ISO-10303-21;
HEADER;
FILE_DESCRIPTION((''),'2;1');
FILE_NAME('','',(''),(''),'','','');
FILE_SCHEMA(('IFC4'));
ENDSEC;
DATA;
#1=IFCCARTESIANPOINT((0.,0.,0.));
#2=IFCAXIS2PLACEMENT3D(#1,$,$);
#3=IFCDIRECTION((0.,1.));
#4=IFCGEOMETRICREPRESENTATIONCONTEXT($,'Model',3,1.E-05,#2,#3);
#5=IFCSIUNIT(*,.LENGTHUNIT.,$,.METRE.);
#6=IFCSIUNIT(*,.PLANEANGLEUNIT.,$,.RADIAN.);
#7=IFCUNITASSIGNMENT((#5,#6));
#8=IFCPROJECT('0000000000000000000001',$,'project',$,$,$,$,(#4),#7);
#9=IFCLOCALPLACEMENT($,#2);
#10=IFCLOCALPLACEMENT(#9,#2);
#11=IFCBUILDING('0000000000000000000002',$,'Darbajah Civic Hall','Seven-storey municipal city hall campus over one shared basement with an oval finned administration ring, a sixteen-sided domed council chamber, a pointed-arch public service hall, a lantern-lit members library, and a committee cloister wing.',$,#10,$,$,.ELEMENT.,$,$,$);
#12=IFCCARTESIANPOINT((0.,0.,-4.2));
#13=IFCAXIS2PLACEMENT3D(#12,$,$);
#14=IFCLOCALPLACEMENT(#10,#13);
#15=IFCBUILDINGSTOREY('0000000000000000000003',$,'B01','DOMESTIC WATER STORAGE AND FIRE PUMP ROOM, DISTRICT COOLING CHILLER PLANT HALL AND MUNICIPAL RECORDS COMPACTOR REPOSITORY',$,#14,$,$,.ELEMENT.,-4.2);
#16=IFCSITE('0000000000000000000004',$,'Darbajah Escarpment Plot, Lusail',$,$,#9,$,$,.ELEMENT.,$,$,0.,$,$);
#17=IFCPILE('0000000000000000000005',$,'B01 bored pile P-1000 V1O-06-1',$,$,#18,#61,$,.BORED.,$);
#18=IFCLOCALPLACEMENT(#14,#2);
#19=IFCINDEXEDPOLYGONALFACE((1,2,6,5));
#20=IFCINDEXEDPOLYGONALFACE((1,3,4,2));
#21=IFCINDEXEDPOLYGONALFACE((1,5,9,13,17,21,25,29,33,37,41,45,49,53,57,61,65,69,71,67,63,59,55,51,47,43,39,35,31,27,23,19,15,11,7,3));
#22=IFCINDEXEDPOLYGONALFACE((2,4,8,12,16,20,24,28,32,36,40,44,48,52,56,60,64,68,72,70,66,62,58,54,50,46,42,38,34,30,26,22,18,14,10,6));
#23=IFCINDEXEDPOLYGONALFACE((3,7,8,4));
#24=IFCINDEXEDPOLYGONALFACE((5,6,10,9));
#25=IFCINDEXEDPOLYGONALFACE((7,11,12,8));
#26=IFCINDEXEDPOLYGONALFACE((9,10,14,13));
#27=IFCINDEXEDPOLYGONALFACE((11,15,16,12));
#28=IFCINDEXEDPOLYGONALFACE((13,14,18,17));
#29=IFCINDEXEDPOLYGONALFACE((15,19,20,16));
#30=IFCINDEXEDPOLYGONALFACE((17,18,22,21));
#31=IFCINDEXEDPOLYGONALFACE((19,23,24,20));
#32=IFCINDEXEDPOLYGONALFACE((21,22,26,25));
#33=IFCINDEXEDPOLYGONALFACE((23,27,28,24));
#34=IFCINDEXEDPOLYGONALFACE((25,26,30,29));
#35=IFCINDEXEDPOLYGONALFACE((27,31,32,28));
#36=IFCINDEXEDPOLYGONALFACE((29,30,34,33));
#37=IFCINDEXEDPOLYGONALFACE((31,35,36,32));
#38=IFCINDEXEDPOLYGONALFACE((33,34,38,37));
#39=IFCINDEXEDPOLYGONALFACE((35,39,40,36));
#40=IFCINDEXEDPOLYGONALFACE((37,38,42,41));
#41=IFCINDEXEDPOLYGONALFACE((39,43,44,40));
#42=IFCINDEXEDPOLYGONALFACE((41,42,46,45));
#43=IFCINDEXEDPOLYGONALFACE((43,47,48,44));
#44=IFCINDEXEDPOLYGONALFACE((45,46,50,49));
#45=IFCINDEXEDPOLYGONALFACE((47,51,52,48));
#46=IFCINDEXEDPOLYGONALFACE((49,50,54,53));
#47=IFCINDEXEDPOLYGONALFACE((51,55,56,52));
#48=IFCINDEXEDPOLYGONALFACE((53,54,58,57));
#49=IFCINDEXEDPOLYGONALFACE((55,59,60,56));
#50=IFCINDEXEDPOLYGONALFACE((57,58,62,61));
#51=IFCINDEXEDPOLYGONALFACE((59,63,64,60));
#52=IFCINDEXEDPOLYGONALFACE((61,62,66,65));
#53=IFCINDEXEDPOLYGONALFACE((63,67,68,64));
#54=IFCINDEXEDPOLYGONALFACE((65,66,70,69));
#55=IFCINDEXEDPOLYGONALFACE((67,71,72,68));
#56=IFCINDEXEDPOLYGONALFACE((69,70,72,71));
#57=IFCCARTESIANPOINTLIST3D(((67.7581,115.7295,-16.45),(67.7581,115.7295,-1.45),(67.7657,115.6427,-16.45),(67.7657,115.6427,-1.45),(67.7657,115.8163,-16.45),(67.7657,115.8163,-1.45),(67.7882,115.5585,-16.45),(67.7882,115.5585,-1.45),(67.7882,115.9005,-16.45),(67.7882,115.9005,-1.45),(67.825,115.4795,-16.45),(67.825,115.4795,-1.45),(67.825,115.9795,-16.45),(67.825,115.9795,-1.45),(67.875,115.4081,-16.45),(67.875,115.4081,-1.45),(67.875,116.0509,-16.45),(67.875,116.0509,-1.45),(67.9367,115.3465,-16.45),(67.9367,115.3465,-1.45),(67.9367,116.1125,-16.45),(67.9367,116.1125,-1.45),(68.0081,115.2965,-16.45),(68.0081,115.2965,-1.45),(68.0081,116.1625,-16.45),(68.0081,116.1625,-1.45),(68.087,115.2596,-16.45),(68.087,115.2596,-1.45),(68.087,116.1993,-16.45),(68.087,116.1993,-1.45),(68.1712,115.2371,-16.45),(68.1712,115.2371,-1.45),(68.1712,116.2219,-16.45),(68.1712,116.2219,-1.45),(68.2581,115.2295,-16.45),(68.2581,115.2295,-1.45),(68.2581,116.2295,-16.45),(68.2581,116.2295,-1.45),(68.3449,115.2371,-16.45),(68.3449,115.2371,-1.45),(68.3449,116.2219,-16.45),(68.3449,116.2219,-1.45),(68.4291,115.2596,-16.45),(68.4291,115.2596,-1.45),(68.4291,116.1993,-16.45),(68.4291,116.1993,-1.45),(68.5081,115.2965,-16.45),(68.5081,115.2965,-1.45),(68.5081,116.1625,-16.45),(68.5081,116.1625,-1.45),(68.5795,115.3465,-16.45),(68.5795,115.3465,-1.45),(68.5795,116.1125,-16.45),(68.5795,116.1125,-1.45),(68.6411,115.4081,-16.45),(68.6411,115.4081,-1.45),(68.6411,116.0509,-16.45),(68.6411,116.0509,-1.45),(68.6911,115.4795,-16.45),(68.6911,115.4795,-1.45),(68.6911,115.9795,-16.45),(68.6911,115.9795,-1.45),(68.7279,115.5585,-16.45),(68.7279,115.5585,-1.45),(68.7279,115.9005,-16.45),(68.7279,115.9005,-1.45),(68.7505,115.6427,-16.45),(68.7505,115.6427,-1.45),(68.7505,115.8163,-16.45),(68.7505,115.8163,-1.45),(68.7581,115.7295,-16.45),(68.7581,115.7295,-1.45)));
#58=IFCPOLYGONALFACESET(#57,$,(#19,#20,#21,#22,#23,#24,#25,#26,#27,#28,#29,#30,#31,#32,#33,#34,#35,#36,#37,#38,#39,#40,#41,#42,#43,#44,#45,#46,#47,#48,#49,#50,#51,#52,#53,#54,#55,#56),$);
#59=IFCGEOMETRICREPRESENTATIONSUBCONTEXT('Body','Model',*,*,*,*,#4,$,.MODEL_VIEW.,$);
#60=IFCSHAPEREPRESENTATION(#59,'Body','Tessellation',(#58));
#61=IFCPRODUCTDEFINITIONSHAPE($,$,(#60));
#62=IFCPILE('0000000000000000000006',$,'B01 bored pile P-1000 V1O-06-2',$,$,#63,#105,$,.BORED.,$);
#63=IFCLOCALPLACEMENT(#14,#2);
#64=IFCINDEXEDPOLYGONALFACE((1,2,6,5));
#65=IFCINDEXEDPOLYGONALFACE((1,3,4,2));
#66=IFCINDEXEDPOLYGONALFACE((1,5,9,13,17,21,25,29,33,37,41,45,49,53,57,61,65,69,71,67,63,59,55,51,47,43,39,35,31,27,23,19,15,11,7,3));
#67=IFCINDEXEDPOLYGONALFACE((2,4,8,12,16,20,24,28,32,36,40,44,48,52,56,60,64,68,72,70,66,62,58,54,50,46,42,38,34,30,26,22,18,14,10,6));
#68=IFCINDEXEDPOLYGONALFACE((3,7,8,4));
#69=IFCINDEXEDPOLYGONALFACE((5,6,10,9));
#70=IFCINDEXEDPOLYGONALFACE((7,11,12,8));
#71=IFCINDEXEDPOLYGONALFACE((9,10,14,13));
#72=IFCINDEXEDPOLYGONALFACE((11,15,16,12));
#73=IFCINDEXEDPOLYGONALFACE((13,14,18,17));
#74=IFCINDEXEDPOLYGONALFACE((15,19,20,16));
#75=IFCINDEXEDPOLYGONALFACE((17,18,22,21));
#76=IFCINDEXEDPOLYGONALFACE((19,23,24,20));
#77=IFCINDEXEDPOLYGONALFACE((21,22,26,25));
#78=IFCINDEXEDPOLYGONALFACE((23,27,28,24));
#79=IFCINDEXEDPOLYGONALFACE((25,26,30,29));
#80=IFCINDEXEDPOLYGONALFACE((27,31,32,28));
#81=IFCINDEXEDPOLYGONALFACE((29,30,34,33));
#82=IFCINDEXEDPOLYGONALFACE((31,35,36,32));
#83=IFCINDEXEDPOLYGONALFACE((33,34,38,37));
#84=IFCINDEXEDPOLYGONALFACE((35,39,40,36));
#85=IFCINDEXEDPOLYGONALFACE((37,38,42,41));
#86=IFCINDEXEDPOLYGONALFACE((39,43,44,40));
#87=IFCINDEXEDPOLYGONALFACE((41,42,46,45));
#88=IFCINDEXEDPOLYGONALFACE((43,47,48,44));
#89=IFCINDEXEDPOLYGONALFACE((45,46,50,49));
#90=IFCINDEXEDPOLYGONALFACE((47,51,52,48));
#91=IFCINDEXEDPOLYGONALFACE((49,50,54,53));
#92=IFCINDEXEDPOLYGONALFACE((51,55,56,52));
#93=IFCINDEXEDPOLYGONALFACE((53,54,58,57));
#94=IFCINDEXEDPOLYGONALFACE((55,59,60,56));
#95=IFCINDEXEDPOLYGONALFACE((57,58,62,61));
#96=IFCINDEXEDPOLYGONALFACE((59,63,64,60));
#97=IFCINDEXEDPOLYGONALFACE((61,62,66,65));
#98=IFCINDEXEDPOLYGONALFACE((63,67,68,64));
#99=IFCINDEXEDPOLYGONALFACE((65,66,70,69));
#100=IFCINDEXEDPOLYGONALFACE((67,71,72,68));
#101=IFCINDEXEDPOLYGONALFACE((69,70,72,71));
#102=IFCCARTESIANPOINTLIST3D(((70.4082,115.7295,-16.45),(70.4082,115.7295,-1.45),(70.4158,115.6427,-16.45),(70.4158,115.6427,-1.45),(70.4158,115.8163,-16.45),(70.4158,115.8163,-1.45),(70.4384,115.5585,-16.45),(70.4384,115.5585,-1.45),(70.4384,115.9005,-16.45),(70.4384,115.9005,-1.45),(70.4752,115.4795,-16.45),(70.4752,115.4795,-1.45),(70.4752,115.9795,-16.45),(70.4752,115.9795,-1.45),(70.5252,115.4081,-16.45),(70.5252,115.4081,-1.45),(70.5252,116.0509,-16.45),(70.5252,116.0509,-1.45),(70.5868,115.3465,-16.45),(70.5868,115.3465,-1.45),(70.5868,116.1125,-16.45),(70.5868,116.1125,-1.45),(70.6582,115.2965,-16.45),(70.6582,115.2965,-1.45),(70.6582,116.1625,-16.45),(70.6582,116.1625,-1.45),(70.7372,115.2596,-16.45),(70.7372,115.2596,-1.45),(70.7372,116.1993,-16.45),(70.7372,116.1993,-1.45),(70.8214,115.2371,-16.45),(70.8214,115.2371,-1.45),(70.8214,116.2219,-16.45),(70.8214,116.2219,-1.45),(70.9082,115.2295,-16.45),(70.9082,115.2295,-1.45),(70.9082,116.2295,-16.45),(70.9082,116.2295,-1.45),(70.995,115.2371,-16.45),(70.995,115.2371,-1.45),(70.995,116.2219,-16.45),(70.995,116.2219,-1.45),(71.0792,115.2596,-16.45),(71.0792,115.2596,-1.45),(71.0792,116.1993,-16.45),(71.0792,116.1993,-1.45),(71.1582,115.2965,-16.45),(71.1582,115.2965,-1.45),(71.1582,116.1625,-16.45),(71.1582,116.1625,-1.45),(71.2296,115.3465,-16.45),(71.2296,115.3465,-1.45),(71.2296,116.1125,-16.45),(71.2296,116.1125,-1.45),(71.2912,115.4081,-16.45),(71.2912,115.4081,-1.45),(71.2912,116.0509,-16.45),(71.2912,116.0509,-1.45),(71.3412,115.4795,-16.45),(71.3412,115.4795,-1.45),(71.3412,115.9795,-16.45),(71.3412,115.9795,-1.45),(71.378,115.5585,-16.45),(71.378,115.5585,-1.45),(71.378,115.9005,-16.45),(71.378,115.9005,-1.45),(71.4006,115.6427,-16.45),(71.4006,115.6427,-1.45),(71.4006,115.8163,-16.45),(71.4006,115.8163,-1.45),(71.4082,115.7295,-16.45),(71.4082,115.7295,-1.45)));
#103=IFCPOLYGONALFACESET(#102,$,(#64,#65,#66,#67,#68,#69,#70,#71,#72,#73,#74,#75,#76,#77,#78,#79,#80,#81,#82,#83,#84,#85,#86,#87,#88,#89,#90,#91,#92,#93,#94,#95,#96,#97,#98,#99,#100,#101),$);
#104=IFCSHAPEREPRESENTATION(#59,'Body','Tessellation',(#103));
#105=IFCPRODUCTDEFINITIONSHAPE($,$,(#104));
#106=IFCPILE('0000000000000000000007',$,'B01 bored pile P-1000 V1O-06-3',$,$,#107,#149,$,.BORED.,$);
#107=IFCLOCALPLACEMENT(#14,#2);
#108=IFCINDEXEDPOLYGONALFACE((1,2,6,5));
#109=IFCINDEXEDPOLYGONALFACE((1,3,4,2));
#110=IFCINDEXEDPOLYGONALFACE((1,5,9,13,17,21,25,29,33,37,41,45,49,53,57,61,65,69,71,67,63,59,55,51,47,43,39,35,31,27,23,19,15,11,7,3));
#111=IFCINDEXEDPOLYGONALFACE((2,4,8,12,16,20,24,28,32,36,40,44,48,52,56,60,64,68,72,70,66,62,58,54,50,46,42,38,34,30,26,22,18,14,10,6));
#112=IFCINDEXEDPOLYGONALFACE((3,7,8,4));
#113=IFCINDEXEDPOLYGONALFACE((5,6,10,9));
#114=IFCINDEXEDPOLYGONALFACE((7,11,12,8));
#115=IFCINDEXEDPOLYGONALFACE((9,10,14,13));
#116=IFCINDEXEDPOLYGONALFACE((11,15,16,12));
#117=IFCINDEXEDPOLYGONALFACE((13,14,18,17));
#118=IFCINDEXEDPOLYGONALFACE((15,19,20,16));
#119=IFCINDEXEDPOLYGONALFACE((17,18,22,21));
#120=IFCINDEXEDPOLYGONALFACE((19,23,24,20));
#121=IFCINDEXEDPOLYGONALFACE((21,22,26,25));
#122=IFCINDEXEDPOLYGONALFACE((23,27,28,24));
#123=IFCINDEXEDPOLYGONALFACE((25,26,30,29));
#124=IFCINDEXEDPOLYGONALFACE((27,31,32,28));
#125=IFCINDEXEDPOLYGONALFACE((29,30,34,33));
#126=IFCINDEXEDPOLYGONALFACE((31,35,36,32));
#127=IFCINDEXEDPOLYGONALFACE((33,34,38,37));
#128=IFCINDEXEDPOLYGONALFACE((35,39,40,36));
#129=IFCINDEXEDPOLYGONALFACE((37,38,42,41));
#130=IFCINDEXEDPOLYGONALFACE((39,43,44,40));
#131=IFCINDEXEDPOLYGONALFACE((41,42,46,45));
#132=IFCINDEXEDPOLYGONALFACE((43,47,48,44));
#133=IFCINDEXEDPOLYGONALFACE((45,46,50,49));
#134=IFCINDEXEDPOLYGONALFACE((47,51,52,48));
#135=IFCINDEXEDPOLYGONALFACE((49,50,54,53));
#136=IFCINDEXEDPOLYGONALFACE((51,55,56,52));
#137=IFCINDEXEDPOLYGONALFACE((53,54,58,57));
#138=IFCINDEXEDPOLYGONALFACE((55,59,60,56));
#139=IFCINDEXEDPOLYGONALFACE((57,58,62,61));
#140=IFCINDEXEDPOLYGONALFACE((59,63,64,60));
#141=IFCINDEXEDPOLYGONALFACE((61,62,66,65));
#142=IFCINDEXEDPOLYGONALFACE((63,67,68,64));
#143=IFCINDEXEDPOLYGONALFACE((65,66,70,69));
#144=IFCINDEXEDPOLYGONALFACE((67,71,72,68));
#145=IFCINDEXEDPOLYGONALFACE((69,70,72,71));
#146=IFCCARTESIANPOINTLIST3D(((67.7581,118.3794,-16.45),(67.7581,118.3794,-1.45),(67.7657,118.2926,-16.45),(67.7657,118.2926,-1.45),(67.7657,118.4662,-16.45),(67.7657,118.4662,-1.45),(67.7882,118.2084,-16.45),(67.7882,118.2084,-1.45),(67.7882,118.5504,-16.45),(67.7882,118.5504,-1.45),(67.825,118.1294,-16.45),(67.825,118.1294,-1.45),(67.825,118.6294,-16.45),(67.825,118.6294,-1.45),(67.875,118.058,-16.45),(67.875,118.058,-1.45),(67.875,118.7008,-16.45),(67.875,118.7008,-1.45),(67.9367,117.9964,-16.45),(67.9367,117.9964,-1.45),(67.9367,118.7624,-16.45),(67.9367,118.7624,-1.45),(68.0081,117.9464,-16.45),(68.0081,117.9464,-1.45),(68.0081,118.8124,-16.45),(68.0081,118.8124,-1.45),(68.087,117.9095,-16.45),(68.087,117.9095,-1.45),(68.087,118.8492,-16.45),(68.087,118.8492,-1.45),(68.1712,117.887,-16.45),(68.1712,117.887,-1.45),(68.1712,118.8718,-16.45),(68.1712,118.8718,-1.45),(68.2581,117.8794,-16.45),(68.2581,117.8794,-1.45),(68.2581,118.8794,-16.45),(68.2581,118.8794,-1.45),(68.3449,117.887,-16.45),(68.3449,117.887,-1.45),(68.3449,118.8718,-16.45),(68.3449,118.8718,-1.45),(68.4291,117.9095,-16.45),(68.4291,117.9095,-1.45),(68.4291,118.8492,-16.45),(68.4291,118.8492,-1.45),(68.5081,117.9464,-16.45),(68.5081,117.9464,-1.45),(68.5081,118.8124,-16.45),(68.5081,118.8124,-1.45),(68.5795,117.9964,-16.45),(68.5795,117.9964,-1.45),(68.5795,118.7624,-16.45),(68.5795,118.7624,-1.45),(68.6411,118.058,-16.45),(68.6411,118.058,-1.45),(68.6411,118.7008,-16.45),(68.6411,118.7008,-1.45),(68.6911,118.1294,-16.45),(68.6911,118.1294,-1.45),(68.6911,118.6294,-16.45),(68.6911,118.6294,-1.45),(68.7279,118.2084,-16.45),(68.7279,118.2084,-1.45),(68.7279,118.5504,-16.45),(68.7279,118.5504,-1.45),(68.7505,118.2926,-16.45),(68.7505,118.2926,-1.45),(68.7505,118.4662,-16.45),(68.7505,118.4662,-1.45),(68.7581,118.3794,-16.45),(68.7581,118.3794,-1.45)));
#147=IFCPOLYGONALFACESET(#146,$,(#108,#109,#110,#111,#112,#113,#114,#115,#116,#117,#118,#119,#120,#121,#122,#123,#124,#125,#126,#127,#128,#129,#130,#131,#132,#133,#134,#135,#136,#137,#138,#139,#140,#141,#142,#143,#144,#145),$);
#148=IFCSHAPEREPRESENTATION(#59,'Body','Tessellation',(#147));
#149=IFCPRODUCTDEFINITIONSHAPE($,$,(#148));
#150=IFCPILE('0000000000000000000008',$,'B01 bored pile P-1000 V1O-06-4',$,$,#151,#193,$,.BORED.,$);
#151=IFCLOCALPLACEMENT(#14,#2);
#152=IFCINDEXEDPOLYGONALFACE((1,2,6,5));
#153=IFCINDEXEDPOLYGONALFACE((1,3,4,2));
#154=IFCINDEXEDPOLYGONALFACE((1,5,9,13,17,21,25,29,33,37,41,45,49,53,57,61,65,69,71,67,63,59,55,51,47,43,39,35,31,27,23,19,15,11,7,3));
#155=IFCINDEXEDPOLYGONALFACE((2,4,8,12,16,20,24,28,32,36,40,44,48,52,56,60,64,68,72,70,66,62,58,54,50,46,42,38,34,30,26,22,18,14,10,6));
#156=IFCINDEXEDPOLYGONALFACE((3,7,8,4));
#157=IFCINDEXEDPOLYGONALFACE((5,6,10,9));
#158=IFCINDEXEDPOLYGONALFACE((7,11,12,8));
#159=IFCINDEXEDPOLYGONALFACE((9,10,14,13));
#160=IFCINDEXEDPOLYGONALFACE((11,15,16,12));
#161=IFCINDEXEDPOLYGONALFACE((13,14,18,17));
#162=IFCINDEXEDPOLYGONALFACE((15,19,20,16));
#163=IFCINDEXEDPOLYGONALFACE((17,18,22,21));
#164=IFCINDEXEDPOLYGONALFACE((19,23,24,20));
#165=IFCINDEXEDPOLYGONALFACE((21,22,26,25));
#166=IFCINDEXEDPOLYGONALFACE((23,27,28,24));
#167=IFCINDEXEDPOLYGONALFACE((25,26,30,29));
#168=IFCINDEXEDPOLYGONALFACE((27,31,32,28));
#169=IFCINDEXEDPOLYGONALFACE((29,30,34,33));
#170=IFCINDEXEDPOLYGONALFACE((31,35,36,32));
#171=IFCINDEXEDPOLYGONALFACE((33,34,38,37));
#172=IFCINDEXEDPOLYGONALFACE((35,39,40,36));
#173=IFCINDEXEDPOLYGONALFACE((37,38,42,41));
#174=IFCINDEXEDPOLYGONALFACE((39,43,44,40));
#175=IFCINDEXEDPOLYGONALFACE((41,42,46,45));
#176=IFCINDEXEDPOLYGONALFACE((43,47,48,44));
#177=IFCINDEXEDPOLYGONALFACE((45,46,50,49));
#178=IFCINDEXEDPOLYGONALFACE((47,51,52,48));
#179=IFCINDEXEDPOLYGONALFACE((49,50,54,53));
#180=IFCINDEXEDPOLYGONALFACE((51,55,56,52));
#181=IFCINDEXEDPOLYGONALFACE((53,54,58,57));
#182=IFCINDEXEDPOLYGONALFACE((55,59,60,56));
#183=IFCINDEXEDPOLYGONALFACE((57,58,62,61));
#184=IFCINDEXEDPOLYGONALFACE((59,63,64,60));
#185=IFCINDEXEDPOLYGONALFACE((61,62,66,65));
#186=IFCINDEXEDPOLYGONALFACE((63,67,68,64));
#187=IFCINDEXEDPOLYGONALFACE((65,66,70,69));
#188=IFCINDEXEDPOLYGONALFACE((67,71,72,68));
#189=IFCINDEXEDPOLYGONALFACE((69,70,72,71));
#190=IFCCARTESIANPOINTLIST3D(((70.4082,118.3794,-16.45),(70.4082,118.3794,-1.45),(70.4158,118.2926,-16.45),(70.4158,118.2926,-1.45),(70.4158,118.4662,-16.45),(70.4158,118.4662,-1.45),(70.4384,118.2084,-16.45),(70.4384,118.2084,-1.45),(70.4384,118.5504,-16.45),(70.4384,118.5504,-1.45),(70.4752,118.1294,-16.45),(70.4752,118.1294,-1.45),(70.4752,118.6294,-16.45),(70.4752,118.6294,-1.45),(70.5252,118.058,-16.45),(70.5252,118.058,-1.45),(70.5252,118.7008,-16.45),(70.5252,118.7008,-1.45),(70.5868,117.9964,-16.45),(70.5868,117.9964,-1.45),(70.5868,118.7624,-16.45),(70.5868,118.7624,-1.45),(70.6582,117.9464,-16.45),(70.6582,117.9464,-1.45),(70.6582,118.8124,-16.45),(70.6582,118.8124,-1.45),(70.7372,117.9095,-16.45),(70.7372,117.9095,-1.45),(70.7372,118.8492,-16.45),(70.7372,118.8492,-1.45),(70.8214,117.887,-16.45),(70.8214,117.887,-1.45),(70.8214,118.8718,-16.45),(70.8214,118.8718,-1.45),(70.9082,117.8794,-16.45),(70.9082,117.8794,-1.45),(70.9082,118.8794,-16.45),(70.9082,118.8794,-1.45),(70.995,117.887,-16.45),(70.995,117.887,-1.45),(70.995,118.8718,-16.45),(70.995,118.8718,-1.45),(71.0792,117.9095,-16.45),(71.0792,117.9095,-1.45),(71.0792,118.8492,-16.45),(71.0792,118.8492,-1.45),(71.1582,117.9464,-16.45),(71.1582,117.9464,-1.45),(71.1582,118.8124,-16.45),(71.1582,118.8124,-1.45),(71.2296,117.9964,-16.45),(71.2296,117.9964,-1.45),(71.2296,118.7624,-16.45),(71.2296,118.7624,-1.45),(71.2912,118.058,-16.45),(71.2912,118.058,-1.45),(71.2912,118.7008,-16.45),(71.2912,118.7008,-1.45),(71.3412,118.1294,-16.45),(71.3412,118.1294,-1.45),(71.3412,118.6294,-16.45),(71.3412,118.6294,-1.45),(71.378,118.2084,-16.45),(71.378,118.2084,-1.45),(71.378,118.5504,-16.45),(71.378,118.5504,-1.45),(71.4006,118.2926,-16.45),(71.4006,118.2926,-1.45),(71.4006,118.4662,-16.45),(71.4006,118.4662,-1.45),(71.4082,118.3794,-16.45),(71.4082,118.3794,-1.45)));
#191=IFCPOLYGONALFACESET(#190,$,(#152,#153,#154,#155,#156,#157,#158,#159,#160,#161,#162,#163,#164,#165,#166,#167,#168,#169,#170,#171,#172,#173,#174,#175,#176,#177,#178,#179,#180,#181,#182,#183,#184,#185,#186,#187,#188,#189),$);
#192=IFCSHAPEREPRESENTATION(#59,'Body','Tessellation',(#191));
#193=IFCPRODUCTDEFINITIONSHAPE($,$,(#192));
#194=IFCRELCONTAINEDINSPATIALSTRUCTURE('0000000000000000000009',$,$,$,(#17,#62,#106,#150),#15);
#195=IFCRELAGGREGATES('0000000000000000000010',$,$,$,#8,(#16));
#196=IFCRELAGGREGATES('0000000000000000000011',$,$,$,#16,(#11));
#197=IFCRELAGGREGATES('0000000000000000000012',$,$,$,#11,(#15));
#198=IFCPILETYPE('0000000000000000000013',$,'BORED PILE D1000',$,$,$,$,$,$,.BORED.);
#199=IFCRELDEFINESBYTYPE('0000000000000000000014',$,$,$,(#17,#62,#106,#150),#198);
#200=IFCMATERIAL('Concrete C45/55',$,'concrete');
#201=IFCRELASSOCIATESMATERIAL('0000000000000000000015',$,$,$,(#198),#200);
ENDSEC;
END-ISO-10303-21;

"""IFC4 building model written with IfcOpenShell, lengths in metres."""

from ifc_helpers import new_model, si_unit, direction, frame, origin, origin_2d, place, context, subcontext, project, spatial, circle, extrude, material, material_profile, profile_set, type_object, element, save


model = new_model("IFC4")

# Units and contexts
model_context = context("Model", 3, precision=1e-05, world=origin(), true_north=direction((0.0, 1.0)))
body_context = subcontext(model_context, "Body", "Model", "MODEL_VIEW")
ifc_project = project(units=[si_unit("LENGTHUNIT", "METRE"), si_unit("PLANEANGLEUNIT", "RADIAN")], contexts=[model_context])

# Site, building, storey
site_placement = place(None, origin())
site = spatial("IfcSite", under=ifc_project, at=site_placement, Name="Darbajah Escarpment Plot, Lusail", CompositionType="ELEMENT", RefElevation=0.0)
building_placement = place(site_placement, origin())
building = spatial("IfcBuilding", under=site, at=building_placement, Name="Darbajah Civic Hall", Description="Seven-storey municipal city hall campus over one shared basement with an oval finned administration ring, a sixteen-sided domed council chamber, a pointed-arch public service hall, a lantern-lit members library, and a committee cloister wing.", CompositionType="ELEMENT")
storey_placement = place(building_placement, frame((0.0, 0.0, -4.2)))
storey = spatial("IfcBuildingStorey", under=building, at=storey_placement, Name="B01", Description="DOMESTIC WATER STORAGE AND FIRE PUMP ROOM, DISTRICT COOLING CHILLER PLANT HALL AND MUNICIPAL RECORDS COMPACTOR REPOSITORY", CompositionType="ELEMENT", Elevation=-4.2)

# Piles
ifc_material_1 = material(Name="Concrete C45/55", Category="concrete")
ifc_material_profile_1 = material_profile(ifc_material_1, circle(Radius=0.5, at=origin_2d()), Name="BORED PILE D1000")
ifc_profile_set_1 = profile_set([ifc_material_profile_1], Name="Concrete C45/55")
pile_type_1 = type_object("IfcPileType", Name="BORED PILE D1000", PredefinedType="BORED", material=ifc_profile_set_1)
for number, where, z_axis, x_axis, name in (
    (1, (68.2581, 115.7295, -1.45), (0.0, 0.0, -1.0), (1.0, 0.0, 0.0), "B01 bored pile P-1000 V1O-06-1"),
    (2, (70.9082, 115.7295, -1.45), (0.0, 0.0, -1.0), (1.0, 0.0, 0.0), "B01 bored pile P-1000 V1O-06-2"),
    (3, (68.2581, 118.3794, -1.45), (0.0, 0.0, -1.0), (1.0, 0.0, 0.0), "B01 bored pile P-1000 V1O-06-3"),
    (4, (70.9082, 118.3794, -1.45), (0.0, 0.0, -1.0), (1.0, 0.0, 0.0), "B01 bored pile P-1000 V1O-06-4"),
):
    element("IfcPile", number, at=place(storey_placement, frame(where, z_axis=z_axis, x_axis=x_axis)), inside=storey, type_object=pile_type_1, Name=name, PredefinedType="BORED", context=body_context, shape_type="SweptSolid", body=[
        extrude(circle(Radius=0.5, at=origin_2d()), origin(), (0.0, 0.0, 1.0), 15.0),
    ])

save(model, "model.ifc")
